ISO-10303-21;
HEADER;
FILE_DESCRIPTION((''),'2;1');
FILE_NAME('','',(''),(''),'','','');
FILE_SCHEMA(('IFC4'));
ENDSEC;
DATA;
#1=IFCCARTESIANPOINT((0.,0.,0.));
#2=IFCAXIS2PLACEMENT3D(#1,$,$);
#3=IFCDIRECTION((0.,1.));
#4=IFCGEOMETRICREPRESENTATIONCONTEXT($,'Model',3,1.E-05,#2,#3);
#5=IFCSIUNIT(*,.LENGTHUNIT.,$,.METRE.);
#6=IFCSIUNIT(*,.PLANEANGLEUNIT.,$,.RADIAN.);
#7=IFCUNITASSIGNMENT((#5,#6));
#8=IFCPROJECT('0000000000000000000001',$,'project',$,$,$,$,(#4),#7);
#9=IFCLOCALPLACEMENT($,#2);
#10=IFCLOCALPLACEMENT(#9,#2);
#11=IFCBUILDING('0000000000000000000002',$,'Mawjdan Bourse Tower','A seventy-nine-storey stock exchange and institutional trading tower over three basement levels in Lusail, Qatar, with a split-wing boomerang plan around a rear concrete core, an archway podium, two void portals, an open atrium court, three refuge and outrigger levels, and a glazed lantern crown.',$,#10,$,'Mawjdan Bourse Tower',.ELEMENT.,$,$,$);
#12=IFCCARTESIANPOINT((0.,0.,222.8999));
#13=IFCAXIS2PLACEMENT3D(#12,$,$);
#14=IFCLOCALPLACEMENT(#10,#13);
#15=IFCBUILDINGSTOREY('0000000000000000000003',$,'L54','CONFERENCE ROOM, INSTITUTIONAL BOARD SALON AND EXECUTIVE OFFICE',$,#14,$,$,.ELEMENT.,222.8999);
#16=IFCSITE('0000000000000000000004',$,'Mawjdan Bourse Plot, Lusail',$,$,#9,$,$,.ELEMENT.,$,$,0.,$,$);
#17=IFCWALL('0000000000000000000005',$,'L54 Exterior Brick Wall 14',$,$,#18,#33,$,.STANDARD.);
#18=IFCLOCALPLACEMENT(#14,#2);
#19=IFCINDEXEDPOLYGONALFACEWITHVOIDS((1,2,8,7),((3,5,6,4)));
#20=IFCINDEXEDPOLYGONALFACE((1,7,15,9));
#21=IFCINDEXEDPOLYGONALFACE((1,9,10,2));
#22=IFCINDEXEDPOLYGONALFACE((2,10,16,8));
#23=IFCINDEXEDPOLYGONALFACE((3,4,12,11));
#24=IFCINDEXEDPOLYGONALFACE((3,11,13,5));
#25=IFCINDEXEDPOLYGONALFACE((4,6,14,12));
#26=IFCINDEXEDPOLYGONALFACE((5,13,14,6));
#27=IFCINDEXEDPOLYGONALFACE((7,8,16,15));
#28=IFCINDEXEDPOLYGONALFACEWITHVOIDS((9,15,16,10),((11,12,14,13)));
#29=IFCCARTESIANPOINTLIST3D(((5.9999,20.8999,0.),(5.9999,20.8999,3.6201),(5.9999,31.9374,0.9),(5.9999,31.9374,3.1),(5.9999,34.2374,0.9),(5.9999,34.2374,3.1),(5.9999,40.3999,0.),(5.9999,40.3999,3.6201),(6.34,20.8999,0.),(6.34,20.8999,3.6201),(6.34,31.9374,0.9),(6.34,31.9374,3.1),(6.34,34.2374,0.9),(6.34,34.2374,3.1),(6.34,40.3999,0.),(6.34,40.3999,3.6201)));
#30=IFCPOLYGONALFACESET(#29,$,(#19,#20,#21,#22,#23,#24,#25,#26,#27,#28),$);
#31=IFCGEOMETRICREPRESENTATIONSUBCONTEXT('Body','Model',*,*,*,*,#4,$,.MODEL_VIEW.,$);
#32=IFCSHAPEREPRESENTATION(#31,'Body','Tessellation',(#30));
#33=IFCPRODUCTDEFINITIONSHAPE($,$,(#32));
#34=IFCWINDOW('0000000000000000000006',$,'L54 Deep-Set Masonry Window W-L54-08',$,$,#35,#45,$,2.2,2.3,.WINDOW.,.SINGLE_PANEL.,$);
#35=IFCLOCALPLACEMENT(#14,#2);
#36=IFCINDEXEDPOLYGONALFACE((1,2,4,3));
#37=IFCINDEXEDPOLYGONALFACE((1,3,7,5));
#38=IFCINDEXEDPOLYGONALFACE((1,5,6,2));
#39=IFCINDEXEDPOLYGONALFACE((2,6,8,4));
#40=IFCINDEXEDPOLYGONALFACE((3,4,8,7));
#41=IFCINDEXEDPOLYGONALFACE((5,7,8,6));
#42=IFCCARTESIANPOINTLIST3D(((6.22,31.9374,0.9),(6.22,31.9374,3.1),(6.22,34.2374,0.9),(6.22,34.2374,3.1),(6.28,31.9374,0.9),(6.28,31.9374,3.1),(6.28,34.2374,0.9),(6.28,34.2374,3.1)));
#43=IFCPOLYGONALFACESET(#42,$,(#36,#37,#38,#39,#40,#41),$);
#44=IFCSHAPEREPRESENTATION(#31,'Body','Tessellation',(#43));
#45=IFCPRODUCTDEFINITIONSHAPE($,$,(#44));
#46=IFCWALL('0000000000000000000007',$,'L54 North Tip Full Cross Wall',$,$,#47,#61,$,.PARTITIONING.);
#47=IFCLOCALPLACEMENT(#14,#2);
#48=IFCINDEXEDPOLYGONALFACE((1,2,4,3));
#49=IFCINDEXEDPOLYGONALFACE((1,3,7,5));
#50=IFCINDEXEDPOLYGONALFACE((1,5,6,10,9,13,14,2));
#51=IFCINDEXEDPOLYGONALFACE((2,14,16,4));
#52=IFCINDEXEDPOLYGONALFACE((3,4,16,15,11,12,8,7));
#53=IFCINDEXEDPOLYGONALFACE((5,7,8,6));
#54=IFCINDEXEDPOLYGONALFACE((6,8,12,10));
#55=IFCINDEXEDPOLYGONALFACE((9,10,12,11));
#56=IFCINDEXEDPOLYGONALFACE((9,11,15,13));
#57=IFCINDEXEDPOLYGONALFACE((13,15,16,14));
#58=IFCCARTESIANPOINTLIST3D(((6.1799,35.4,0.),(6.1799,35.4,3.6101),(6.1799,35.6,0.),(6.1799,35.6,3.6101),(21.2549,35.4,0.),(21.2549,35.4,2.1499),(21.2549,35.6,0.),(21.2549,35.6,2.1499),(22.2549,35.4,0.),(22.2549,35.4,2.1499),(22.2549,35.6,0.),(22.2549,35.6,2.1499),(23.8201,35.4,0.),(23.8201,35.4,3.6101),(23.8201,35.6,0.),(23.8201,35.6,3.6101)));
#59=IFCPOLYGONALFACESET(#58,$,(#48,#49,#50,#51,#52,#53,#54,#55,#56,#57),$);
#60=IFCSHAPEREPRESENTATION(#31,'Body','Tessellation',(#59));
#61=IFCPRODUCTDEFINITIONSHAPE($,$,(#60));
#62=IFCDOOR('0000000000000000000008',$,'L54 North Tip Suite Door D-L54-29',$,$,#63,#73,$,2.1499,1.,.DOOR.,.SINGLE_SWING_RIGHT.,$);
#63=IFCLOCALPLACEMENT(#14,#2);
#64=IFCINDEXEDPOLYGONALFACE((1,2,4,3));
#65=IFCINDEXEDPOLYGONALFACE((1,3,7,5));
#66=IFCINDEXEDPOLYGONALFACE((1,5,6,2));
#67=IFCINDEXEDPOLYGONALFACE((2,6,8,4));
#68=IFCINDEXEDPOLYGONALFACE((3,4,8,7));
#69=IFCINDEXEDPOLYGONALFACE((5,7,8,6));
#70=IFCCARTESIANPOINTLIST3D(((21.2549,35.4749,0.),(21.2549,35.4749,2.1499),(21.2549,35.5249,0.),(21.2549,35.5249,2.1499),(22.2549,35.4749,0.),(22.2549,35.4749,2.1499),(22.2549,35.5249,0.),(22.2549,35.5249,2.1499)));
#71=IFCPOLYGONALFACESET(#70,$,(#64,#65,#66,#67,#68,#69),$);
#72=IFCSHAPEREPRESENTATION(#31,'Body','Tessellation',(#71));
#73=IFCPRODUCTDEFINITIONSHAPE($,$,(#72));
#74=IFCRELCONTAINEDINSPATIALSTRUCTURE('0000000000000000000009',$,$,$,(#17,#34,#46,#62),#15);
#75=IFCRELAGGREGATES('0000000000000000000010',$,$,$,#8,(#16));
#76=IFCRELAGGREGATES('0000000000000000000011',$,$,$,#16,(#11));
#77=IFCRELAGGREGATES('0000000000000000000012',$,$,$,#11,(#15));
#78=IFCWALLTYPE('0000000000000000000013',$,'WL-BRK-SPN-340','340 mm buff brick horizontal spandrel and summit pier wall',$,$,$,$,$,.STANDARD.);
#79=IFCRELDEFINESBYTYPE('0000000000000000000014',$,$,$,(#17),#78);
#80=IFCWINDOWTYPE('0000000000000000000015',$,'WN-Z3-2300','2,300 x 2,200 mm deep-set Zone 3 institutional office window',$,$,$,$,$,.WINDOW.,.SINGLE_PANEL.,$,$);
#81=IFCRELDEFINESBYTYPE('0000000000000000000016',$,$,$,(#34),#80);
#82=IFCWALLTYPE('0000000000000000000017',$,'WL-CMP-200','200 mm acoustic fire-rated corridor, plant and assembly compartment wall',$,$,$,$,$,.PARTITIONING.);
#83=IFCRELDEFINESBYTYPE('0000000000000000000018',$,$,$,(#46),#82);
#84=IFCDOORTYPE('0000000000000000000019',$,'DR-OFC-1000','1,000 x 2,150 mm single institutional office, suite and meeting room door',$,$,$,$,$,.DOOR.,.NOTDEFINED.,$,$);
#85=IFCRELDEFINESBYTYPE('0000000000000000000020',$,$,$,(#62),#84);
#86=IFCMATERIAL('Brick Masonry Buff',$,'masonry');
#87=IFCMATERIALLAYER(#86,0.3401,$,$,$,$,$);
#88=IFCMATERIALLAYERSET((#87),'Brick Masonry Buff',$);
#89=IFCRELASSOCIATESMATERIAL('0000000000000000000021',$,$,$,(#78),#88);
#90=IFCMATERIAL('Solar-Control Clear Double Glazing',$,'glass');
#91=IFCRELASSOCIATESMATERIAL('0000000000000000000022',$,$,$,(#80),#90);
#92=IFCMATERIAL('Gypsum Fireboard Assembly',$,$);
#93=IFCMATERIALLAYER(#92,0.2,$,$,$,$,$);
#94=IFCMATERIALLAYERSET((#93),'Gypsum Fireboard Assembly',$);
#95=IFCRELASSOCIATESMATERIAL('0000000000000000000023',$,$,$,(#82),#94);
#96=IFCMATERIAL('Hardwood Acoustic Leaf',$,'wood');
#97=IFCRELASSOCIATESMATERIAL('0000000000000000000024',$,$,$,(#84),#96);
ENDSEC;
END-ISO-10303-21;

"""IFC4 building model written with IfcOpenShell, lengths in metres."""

from ifc_helpers import new_model, si_unit, direction, frame, frame_2d, origin, place, context, subcontext, project, spatial, rectangle, extrude, material, layer, layer_set, type_object, element, fill, save


model = new_model("IFC4")

# Units and contexts
model_context = context("Model", 3, precision=1e-05, world=origin(), true_north=direction((0.0, 1.0)))
body_context = subcontext(model_context, "Body", "Model", "MODEL_VIEW")
ifc_project = project(units=[si_unit("LENGTHUNIT", "METRE"), si_unit("PLANEANGLEUNIT", "RADIAN")], contexts=[model_context])

# Site, building, storey
site_placement = place(None, origin())
site = spatial("IfcSite", under=ifc_project, at=site_placement, Name="Mawjdan Bourse Plot, Lusail", CompositionType="ELEMENT", RefElevation=0.0)
building_placement = place(site_placement, origin())
building = spatial("IfcBuilding", under=site, at=building_placement, Name="Mawjdan Bourse Tower", Description="A seventy-nine-storey stock exchange and institutional trading tower over three basement levels in Lusail, Qatar, with a split-wing boomerang plan around a rear concrete core, an archway podium, two void portals, an open atrium court, three refuge and outrigger levels, and a glazed lantern crown.", LongName="Mawjdan Bourse Tower", CompositionType="ELEMENT")
storey_placement = place(building_placement, frame((0.0, 0.0, 222.8999)))
storey = spatial("IfcBuildingStorey", under=building, at=storey_placement, Name="L54", Description="CONFERENCE ROOM, INSTITUTIONAL BOARD SALON AND EXECUTIVE OFFICE", CompositionType="ELEMENT", Elevation=222.8999)

# Shared definitions
ifc_material_1 = material(Name="Brick Masonry Buff", Category="masonry")
ifc_layer_1 = layer(ifc_material_1, 0.3401)
ifc_layer_set_1 = layer_set([ifc_layer_1], Name="Brick Masonry Buff")
wall_type_1 = type_object("IfcWallType", Name="WL-BRK-SPN-340", Description="340 mm buff brick horizontal spandrel and summit pier wall", PredefinedType="STANDARD", material=ifc_layer_set_1)

# Shared definitions
ifc_material_2 = material(Name="Solar-Control Clear Double Glazing", Category="glass")

# Wall, opening, window
wall_1_placement = place(storey_placement, frame((6.1699, 40.3999, 0.0), z_axis=(0.0, 0.0, 1.0), x_axis=(0.0, -1.0, 0.0)))
wall_1 = element("IfcWall", 1, at=wall_1_placement, inside=storey, type_object=wall_type_1, Name="L54 Exterior Brick Wall 14", PredefinedType="STANDARD", context=body_context, shape_type="SweptSolid", body=[
    extrude(rectangle(XDim=19.5, YDim=0.3401, at=frame_2d((9.75, 0.0))), origin(), (0.0, 0.0, 1.0), 3.6201),
])
opening_1_placement = place(wall_1_placement, frame((6.1626, 0.0, 0.8999)))
opening_1 = element("IfcOpeningElement", 2, at=opening_1_placement, cuts=wall_1, PredefinedType="OPENING", context=body_context, shape_type="SweptSolid", body=[
    extrude(rectangle(XDim=2.3, YDim=2.2, at=frame_2d((1.1499, 1.1001))), frame((0.0, 0.1802, 0.0), z_axis=(0.0, -1.0, 0.0), x_axis=(1.0, 0.0, 0.0)), (0.0, 0.0, 1.0), 0.3601),
])
window_type_1 = type_object("IfcWindowType", Name="WN-Z3-2300", Description="2,300 x 2,200 mm deep-set Zone 3 institutional office window", PartitioningType="SINGLE_PANEL", PredefinedType="WINDOW", material=ifc_material_2)
window_1_placement = place(opening_1_placement, origin())
window_1 = element("IfcWindow", 3, at=window_1_placement, inside=storey, type_object=window_type_1, Name="L54 Deep-Set Masonry Window W-L54-08", OverallHeight=2.2, OverallWidth=2.3, PartitioningType="SINGLE_PANEL", PredefinedType="WINDOW", context=body_context, shape_type="SweptSolid", body=[
    extrude(rectangle(XDim=2.3, YDim=2.2, at=frame_2d((1.1499, 1.1001))), frame((0.0, 0.1101, 0.0), z_axis=(0.0, -1.0, 0.0), x_axis=(1.0, 0.0, 0.0)), (0.0, 0.0, 1.0), 0.0601),
])
fill(opening_1, window_1)

# Wall, opening, door
ifc_material_3 = material(Name="Gypsum Fireboard Assembly")
ifc_layer_2 = layer(ifc_material_3, 0.2)
ifc_layer_set_2 = layer_set([ifc_layer_2], Name="Gypsum Fireboard Assembly")
wall_type_2 = type_object("IfcWallType", Name="WL-CMP-200", Description="200 mm acoustic fire-rated corridor, plant and assembly compartment wall", PredefinedType="PARTITIONING", material=ifc_layer_set_2)
wall_2_placement = place(storey_placement, frame((6.1799, 35.5, 0.0), z_axis=(0.0, 0.0, 1.0), x_axis=(1.0, 0.0, 0.0)))
wall_2 = element("IfcWall", 4, at=wall_2_placement, inside=storey, type_object=wall_type_2, Name="L54 North Tip Full Cross Wall", PredefinedType="PARTITIONING", context=body_context, shape_type="SweptSolid", body=[
    extrude(rectangle(XDim=17.6401, YDim=0.2, at=frame_2d((8.8201, 0.0))), origin(), (0.0, 0.0, 1.0), 3.6101),
])
opening_2_placement = place(wall_2_placement, frame((15.075, 0.0, 0.0)))
opening_2 = element("IfcOpeningElement", 5, at=opening_2_placement, cuts=wall_2, PredefinedType="OPENING", context=body_context, shape_type="SweptSolid", body=[
    extrude(rectangle(XDim=1.0, YDim=2.1499, at=frame_2d((0.5, 1.075))), frame((0.0, 0.1099, 0.0), z_axis=(0.0, -1.0, 0.0), x_axis=(1.0, 0.0, 0.0)), (0.0, 0.0, 1.0), 0.22),
])
ifc_material_4 = material(Name="Hardwood Acoustic Leaf", Category="wood")
door_type = type_object("IfcDoorType", Name="DR-OFC-1000", Description="1,000 x 2,150 mm single institutional office, suite and meeting room door", OperationType="NOTDEFINED", PredefinedType="DOOR", material=ifc_material_4)
door_placement = place(opening_2_placement, origin())
door = element("IfcDoor", 6, at=door_placement, inside=storey, type_object=door_type, Name="L54 North Tip Suite Door D-L54-29", OperationType="SINGLE_SWING_RIGHT", OverallHeight=2.1499, OverallWidth=1.0, PredefinedType="DOOR", context=body_context, shape_type="SweptSolid", body=[
    extrude(rectangle(XDim=1.0, YDim=2.1499, at=frame_2d((0.5, 1.075))), frame((0.0, 0.0249, 0.0), z_axis=(0.0, -1.0, 0.0), x_axis=(1.0, 0.0, 0.0)), (0.0, 0.0, 1.0), 0.05),
])
fill(opening_2, door)

save(model, "model.ifc")
